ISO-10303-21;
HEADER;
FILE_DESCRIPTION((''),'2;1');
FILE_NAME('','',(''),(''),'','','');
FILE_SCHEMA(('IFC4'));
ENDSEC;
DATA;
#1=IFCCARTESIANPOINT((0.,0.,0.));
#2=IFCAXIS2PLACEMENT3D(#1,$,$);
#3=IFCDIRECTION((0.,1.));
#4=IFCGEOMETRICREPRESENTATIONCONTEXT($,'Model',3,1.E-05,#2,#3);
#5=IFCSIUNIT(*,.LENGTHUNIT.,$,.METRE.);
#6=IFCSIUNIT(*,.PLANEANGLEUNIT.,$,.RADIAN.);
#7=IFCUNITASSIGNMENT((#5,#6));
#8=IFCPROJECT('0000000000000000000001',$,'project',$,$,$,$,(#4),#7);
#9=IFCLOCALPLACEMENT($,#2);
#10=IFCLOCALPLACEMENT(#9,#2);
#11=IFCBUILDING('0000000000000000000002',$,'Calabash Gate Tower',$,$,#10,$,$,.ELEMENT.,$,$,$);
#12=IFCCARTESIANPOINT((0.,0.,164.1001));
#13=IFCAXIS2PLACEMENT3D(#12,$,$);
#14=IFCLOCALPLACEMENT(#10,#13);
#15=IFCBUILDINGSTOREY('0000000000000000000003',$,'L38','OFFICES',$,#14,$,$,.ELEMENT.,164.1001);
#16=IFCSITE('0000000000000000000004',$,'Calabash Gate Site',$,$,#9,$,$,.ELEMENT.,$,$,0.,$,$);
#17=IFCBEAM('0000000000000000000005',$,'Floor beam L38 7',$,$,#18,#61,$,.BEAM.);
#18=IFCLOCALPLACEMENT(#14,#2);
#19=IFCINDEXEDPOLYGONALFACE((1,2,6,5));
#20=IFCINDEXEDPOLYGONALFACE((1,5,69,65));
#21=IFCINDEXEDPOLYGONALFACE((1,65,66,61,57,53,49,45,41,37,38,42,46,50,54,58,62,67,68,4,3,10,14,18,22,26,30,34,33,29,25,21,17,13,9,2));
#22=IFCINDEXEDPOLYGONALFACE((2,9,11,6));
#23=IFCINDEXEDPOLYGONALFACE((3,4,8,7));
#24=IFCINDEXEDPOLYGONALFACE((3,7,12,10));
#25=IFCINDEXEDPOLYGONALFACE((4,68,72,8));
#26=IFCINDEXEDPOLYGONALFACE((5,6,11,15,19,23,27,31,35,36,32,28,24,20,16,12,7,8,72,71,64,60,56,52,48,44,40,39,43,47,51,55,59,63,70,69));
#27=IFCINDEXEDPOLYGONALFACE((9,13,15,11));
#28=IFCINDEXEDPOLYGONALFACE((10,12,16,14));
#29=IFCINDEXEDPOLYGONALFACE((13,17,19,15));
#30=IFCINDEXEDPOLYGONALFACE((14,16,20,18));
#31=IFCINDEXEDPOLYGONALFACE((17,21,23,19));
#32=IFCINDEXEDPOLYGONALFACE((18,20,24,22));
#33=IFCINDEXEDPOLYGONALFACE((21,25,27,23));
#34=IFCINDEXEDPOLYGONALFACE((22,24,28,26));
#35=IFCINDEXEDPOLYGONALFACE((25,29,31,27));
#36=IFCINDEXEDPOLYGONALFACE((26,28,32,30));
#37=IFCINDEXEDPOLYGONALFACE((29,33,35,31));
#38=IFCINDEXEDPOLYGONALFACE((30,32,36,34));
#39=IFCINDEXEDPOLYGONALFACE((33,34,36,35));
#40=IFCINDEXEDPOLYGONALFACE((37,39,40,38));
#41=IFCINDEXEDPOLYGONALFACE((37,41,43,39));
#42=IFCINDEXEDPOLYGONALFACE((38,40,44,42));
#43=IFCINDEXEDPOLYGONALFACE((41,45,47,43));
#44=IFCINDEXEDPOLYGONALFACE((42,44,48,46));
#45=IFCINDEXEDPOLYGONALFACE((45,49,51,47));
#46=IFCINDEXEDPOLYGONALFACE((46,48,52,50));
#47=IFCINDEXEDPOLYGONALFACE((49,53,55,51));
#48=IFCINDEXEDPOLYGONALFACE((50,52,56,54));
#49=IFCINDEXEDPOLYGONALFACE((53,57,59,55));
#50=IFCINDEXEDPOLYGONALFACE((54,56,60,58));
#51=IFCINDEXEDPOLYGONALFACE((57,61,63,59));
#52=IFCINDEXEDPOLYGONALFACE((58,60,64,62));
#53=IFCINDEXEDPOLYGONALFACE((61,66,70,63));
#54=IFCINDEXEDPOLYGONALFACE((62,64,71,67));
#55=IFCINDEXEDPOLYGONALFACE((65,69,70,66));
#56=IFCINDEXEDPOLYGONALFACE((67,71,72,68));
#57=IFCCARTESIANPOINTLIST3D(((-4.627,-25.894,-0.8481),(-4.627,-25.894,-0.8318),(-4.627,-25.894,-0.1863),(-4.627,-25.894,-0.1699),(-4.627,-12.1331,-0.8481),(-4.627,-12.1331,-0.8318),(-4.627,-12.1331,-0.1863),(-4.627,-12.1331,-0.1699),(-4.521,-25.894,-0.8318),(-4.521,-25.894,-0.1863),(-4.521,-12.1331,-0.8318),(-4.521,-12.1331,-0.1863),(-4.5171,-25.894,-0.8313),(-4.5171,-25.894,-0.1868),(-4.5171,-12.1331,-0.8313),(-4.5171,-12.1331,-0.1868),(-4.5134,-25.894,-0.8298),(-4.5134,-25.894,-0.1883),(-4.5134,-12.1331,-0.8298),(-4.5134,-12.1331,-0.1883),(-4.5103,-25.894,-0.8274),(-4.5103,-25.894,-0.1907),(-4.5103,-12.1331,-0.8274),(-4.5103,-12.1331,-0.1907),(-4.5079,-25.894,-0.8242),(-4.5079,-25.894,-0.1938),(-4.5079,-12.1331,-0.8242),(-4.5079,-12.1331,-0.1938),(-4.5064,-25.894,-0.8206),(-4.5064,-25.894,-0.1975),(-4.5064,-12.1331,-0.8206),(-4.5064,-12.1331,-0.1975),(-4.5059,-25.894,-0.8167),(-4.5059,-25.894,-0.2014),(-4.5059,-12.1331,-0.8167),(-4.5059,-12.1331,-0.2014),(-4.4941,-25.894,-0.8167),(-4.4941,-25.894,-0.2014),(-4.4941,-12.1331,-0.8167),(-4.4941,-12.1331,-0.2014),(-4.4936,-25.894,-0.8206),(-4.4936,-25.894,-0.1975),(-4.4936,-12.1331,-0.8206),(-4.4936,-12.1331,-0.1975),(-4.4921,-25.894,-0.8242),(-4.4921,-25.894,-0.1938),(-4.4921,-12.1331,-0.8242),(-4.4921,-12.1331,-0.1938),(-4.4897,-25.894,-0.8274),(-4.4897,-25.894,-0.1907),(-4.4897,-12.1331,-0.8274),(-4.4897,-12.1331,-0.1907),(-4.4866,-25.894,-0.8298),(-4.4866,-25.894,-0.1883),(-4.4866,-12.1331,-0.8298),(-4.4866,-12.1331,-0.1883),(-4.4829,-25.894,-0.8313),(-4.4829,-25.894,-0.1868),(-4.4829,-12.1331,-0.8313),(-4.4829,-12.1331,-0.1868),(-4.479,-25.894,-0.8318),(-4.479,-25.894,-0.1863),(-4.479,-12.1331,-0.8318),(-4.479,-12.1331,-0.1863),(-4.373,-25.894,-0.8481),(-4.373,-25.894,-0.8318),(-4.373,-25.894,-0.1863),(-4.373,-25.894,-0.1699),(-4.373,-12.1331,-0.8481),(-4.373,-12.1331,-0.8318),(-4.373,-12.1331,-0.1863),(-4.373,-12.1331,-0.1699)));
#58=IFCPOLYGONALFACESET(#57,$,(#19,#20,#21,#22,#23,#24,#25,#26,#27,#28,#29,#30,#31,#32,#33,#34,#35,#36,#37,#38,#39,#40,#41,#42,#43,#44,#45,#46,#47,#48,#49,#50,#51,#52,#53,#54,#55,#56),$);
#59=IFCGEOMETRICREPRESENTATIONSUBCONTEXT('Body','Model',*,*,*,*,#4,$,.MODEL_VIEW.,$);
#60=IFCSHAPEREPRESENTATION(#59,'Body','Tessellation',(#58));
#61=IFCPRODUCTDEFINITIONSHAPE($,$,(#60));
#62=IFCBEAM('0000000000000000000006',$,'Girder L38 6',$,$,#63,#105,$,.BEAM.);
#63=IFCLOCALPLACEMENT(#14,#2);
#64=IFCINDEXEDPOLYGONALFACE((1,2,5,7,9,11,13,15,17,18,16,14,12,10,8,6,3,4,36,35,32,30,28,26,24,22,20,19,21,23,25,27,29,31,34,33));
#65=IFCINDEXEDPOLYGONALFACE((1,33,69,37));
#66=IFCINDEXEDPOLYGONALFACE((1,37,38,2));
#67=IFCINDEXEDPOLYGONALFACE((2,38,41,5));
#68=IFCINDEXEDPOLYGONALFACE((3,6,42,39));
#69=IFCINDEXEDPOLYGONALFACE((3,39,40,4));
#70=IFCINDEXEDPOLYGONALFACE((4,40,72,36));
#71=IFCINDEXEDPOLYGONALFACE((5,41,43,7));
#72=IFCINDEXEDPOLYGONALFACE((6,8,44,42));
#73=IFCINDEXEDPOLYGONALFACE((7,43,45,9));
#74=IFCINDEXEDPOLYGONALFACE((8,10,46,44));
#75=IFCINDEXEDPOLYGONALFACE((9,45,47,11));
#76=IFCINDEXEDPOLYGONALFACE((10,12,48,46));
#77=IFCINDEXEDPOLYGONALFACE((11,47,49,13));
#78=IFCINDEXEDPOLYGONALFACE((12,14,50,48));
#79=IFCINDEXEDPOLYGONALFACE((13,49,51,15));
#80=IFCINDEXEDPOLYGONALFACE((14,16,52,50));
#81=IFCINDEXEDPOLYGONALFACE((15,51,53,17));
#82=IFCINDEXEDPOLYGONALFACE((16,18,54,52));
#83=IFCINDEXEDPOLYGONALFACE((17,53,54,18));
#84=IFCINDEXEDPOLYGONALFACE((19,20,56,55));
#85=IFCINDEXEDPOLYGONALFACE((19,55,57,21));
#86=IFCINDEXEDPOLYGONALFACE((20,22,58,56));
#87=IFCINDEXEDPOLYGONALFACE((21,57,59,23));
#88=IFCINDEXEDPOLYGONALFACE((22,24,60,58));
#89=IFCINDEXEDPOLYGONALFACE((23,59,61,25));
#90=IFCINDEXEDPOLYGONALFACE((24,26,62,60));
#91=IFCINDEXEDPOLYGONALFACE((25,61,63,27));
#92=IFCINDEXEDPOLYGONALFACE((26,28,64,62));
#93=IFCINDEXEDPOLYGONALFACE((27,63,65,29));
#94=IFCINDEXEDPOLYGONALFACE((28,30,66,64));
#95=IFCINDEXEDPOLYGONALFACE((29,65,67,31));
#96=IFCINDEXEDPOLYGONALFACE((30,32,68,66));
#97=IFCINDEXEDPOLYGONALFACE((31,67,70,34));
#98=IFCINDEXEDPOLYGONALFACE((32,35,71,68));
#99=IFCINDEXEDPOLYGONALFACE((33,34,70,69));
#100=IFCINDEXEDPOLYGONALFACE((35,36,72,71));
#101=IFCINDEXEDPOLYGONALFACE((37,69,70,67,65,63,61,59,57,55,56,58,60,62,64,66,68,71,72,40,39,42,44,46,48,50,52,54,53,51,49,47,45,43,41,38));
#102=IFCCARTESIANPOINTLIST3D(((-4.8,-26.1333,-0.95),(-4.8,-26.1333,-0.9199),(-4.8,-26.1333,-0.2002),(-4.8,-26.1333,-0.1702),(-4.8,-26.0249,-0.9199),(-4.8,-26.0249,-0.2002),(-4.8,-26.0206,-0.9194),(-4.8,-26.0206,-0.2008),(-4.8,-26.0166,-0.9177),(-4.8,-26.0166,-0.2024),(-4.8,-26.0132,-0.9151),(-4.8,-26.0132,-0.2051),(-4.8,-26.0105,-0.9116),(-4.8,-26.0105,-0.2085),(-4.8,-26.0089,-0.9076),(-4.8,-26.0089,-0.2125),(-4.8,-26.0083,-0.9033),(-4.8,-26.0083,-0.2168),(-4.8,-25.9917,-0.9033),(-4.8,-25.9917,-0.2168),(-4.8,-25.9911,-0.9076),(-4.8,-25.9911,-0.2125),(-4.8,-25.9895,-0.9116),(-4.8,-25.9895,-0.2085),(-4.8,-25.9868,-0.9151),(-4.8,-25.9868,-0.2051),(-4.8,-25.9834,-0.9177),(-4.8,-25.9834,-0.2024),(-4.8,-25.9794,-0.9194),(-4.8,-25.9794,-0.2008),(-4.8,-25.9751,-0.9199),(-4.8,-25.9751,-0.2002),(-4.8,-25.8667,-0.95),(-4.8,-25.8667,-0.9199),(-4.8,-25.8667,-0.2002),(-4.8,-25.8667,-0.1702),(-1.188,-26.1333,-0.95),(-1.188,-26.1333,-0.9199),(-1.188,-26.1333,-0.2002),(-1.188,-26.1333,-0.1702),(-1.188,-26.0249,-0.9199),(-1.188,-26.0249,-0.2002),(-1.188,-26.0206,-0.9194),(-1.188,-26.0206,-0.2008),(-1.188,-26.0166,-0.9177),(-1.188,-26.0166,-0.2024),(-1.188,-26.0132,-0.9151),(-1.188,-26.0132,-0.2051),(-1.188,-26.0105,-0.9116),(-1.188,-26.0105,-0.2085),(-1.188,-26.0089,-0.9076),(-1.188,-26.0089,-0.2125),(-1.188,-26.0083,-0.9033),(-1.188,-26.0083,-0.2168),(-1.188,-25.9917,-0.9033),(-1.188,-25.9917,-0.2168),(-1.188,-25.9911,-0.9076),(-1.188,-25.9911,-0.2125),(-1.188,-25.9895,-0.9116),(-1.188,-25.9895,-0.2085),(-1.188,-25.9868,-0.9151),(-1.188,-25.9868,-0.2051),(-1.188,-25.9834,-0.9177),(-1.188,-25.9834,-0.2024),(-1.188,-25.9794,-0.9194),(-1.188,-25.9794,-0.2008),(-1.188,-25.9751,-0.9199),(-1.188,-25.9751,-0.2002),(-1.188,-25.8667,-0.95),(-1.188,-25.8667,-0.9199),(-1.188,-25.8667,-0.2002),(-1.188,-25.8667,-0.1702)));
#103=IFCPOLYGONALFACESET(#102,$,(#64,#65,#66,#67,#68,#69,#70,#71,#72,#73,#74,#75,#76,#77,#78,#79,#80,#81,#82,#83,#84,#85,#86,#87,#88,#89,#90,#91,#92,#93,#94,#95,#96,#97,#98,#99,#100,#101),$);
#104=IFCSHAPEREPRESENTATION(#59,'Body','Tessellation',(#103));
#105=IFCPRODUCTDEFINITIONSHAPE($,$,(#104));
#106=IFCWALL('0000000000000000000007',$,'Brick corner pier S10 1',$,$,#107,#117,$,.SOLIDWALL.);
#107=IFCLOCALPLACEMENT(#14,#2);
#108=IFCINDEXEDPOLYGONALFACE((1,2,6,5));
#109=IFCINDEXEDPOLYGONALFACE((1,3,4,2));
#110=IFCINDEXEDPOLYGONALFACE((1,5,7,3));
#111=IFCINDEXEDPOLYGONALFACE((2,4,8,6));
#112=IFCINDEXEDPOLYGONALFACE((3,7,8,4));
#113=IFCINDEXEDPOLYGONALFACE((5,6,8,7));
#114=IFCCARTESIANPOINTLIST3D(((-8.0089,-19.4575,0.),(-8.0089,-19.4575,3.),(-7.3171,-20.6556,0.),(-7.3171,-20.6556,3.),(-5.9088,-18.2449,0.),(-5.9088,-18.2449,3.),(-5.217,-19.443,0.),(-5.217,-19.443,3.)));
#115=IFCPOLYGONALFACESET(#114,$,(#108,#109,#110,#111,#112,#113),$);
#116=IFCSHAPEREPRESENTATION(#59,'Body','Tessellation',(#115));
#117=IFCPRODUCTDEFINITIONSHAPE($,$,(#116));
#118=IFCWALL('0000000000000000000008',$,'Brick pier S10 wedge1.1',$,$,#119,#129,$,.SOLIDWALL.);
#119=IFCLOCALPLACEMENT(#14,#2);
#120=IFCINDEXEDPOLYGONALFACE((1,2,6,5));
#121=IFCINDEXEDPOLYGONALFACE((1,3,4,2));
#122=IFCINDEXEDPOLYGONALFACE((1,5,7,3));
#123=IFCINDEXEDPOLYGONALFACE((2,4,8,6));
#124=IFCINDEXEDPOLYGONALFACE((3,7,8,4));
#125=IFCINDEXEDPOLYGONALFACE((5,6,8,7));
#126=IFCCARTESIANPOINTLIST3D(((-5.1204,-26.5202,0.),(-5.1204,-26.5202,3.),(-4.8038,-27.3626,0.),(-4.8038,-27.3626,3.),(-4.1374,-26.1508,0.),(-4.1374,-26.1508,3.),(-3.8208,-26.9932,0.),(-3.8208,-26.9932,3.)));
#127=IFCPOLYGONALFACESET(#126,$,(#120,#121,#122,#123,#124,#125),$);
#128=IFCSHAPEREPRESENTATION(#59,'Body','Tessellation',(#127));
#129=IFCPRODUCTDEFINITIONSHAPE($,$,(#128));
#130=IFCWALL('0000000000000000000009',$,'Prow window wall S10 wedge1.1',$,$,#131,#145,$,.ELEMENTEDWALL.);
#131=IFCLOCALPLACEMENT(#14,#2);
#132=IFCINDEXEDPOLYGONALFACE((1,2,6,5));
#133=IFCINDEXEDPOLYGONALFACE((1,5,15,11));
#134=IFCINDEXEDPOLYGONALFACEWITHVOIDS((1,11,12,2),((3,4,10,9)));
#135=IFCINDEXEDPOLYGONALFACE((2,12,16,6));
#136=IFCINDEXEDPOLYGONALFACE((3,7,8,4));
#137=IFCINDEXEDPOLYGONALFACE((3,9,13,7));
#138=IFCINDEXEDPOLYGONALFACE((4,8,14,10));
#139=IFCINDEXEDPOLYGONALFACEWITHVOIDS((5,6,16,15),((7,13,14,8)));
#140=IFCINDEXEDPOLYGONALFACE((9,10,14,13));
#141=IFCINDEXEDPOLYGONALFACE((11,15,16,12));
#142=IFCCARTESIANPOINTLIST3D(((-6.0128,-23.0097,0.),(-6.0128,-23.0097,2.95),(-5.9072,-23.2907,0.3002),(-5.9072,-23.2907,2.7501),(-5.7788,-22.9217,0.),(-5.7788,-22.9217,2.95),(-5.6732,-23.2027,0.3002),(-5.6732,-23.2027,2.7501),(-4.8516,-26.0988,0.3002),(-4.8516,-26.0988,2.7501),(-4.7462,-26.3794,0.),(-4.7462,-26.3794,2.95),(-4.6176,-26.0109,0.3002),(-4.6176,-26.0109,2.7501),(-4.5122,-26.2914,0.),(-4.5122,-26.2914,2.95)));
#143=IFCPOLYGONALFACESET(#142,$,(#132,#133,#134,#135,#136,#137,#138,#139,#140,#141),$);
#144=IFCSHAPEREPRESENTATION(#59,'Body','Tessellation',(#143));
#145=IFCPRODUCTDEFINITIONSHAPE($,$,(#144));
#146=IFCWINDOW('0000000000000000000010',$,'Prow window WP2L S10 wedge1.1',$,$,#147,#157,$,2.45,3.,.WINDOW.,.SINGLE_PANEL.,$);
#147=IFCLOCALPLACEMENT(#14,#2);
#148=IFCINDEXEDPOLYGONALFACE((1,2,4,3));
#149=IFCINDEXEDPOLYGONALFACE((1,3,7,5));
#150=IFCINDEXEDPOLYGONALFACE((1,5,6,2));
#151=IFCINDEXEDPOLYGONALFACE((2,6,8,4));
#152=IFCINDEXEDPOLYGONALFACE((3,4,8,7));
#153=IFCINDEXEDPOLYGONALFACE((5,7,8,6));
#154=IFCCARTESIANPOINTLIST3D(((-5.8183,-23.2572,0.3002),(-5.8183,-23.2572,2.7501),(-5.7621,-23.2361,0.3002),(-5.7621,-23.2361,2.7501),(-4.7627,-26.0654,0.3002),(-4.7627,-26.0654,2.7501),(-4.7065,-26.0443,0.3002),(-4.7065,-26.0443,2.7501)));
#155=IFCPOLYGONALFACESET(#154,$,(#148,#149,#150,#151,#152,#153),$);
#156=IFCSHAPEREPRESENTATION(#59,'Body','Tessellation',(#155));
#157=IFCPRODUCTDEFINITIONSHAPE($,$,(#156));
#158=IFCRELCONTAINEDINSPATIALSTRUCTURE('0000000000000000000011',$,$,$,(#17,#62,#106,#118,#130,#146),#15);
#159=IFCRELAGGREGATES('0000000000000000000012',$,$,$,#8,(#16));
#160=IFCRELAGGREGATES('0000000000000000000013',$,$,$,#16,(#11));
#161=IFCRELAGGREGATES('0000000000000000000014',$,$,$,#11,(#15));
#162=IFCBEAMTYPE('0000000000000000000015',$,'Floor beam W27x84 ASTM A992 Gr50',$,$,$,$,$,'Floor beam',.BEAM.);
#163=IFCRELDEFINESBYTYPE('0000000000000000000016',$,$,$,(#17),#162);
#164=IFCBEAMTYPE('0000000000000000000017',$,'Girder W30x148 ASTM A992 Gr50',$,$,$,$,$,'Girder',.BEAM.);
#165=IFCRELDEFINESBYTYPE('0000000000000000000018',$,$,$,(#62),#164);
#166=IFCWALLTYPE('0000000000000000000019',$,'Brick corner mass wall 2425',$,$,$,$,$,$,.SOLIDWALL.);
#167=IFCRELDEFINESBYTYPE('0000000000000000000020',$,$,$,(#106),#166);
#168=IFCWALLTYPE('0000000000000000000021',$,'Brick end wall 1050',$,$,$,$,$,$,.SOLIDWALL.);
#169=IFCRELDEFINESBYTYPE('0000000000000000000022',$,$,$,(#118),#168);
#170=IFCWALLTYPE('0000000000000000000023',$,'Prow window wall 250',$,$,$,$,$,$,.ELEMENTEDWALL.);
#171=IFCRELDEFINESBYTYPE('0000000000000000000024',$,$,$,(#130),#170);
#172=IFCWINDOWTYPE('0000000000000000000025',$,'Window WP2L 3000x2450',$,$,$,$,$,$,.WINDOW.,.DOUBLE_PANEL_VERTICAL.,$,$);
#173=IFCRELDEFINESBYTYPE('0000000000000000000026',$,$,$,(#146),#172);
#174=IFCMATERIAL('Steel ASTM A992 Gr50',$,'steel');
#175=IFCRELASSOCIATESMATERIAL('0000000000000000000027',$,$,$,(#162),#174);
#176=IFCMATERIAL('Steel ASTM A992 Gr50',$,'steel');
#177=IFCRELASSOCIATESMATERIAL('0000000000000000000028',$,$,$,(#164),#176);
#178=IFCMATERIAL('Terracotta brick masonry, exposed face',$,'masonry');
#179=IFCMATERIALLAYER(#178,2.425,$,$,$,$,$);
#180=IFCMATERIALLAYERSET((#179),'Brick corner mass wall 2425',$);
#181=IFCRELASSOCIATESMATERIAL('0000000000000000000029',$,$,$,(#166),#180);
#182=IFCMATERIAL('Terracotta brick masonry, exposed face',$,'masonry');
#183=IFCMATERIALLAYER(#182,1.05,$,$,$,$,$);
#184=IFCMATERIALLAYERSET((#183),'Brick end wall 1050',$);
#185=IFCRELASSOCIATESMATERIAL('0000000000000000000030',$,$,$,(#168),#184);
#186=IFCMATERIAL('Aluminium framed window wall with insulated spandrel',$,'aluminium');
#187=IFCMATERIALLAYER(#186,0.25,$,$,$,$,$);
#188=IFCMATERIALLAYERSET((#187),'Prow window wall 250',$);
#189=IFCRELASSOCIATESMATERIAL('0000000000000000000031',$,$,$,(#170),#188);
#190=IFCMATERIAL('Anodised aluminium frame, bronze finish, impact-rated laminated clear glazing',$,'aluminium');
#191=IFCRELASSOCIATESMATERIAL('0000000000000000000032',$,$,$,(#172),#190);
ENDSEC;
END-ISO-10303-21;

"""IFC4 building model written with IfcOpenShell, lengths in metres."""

from ifc_helpers import new_model, si_unit, direction, frame, frame_2d, origin, origin_2d, place, context, subcontext, project, spatial, rectangle, i_section, extrude, material, layer, layer_set, material_profile, profile_set, type_object, element, fill, save


model = new_model("IFC4")

# Units and contexts
model_context = context("Model", 3, precision=1e-05, world=origin(), true_north=direction((0.0, 1.0)))
body_context = subcontext(model_context, "Body", "Model", "MODEL_VIEW")
ifc_project = project(units=[si_unit("LENGTHUNIT", "METRE"), si_unit("PLANEANGLEUNIT", "RADIAN")], contexts=[model_context])

# Site, building, storey
site_placement = place(None, origin())
site = spatial("IfcSite", under=ifc_project, at=site_placement, Name="Calabash Gate Site", CompositionType="ELEMENT", RefElevation=0.0)
building_placement = place(site_placement, origin())
building = spatial("IfcBuilding", under=site, at=building_placement, Name="Calabash Gate Tower", CompositionType="ELEMENT")
storey_placement = place(building_placement, frame((0.0, 0.0, 164.1001)))
storey = spatial("IfcBuildingStorey", under=building, at=storey_placement, Name="L38", Description="OFFICES", CompositionType="ELEMENT", Elevation=164.1001)

# Beams
ifc_material_1 = material(Name="Steel ASTM A992 Gr50", Category="steel")
ifc_material_profile_1 = material_profile(ifc_material_1, i_section(OverallWidth=0.2539, OverallDepth=0.6782, WebThickness=0.0117, FlangeThickness=0.0164, FilletRadius=0.0151, at=origin_2d()))
ifc_profile_set_1 = profile_set([ifc_material_profile_1], Name="Steel ASTM A992 Gr50")
beam_type_1 = type_object("IfcBeamType", Name="Floor beam W27x84 ASTM A992 Gr50", ElementType="Floor beam", PredefinedType="BEAM", material=ifc_profile_set_1)
beam_1_placement = place(storey_placement, frame((-4.5, -25.894, -0.509), z_axis=(0.0, 1.0, 0.0), x_axis=(-1.0, 0.0, 0.0)))
element("IfcBeam", 1, at=beam_1_placement, inside=storey, type_object=beam_type_1, Name="Floor beam L38 7", PredefinedType="BEAM", context=body_context, shape_type="SweptSolid", body=[
    extrude(i_section(OverallWidth=0.2539, OverallDepth=0.6782, WebThickness=0.0117, FlangeThickness=0.0164, FilletRadius=0.0151, at=origin_2d()), origin(), (0.0, 0.0, 1.0), 13.761),
])
ifc_material_2 = material(Name="Steel ASTM A992 Gr50", Category="steel")
ifc_material_profile_2 = material_profile(ifc_material_2, i_section(OverallWidth=0.2666, OverallDepth=0.7798, WebThickness=0.0166, FlangeThickness=0.03, FilletRadius=0.0166, at=origin_2d()))
ifc_profile_set_2 = profile_set([ifc_material_profile_2], Name="Steel ASTM A992 Gr50")
beam_type_2 = type_object("IfcBeamType", Name="Girder W30x148 ASTM A992 Gr50", ElementType="Girder", PredefinedType="BEAM", material=ifc_profile_set_2)
beam_2_placement = place(storey_placement, frame((-4.8, -26.0, -0.5601), z_axis=(1.0, 0.0, 0.0), x_axis=(0.0, 1.0, 0.0)))
element("IfcBeam", 2, at=beam_2_placement, inside=storey, type_object=beam_type_2, Name="Girder L38 6", PredefinedType="BEAM", context=body_context, shape_type="SweptSolid", body=[
    extrude(i_section(OverallWidth=0.2666, OverallDepth=0.7798, WebThickness=0.0166, FlangeThickness=0.03, FilletRadius=0.0166, at=origin_2d()), origin(), (0.0, 0.0, 1.0), 3.6121),
])

# Walls
ifc_material_3 = material(Name="Terracotta brick masonry, exposed face", Category="masonry")
ifc_layer_1 = layer(ifc_material_3, 2.425)
ifc_layer_set_1 = layer_set([ifc_layer_1], Name="Brick corner mass wall 2425")
wall_type_1 = type_object("IfcWallType", Name="Brick corner mass wall 2425", PredefinedType="SOLIDWALL", material=ifc_layer_set_1)
wall_1_placement = place(storey_placement, frame((-5.563, -18.844, 0.0), z_axis=(0.0, 0.0, 1.0), x_axis=(-0.865998, -0.500048, 0.0)))
element("IfcWall", 3, at=wall_1_placement, inside=storey, type_object=wall_type_1, Name="Brick corner pier S10 1", PredefinedType="SOLIDWALL", context=body_context, shape_type="SweptSolid", body=[
    extrude(rectangle(XDim=2.425, YDim=1.3835, at=frame_2d((1.2124, 0.0))), origin(), (0.0, 0.0, 1.0), 3.0),
])
ifc_material_4 = material(Name="Terracotta brick masonry, exposed face", Category="masonry")
ifc_layer_2 = layer(ifc_material_4, 1.05)
ifc_layer_set_2 = layer_set([ifc_layer_2], Name="Brick end wall 1050")
wall_type_2 = type_object("IfcWallType", Name="Brick end wall 1050", PredefinedType="SOLIDWALL", material=ifc_layer_set_2)
wall_2_placement = place(storey_placement, frame((-3.9792, -26.572, 0.0), z_axis=(0.0, 0.0, 1.0), x_axis=(-0.936081, -0.351786, 0.0)))
element("IfcWall", 4, at=wall_2_placement, inside=storey, type_object=wall_type_2, Name="Brick pier S10 wedge1.1", PredefinedType="SOLIDWALL", context=body_context, shape_type="SweptSolid", body=[
    extrude(rectangle(XDim=1.05, YDim=0.8999, at=frame_2d((0.5249, 0.0))), origin(), (0.0, 0.0, 1.0), 3.0),
])

# Wall, opening, window
ifc_material_5 = material(Name="Aluminium framed window wall with insulated spandrel", Category="aluminium")
ifc_layer_3 = layer(ifc_material_5, 0.25)
ifc_layer_set_3 = layer_set([ifc_layer_3], Name="Prow window wall 250")
wall_type_3 = type_object("IfcWallType", Name="Prow window wall 250", PredefinedType="ELEMENTEDWALL", material=ifc_layer_set_3)
wall_3_placement = place(storey_placement, frame((-5.8958, -22.9658, 0.0), z_axis=(0.0, 0.0, 1.0), x_axis=(0.351852, -0.936056, 0.0)))
wall_3 = element("IfcWall", 5, at=wall_3_placement, inside=storey, type_object=wall_type_3, Name="Prow window wall S10 wedge1.1", PredefinedType="ELEMENTEDWALL", context=body_context, shape_type="SweptSolid", body=[
    extrude(rectangle(XDim=3.5999, YDim=0.25, at=frame_2d((1.7998, 0.0))), origin(), (0.0, 0.0, 1.0), 2.95),
])
opening_1_placement = place(wall_3_placement, frame((0.3, 0.0, 0.3)))
opening_1 = element("IfcOpeningElement", 6, at=opening_1_placement, cuts=wall_3, PredefinedType="OPENING", context=body_context, shape_type="SweptSolid", body=[
    extrude(rectangle(XDim=3.0, YDim=2.45, at=frame_2d((1.5, 1.2251))), frame((0.0, 0.135, 0.0), z_axis=(0.0, -1.0, 0.0), x_axis=(1.0, 0.0, 0.0)), (0.0, 0.0, 1.0), 0.27),
])
ifc_material_6 = material(Name="Anodised aluminium frame, bronze finish, impact-rated laminated clear glazing", Category="aluminium")
window_type_1 = type_object("IfcWindowType", Name="Window WP2L 3000x2450", PartitioningType="DOUBLE_PANEL_VERTICAL", PredefinedType="WINDOW", material=ifc_material_6)
window_1_placement = place(opening_1_placement, origin())
window_1 = element("IfcWindow", 7, at=window_1_placement, inside=storey, type_object=window_type_1, Name="Prow window WP2L S10 wedge1.1", OverallHeight=2.45, OverallWidth=3.0, PartitioningType="SINGLE_PANEL", PredefinedType="WINDOW", context=body_context, shape_type="SweptSolid", body=[
    extrude(rectangle(XDim=3.0, YDim=2.45, at=frame_2d((1.5, 1.2251))), frame((0.0, 0.03, 0.0), z_axis=(0.0, -1.0, 0.0), x_axis=(1.0, 0.0, 0.0)), (0.0, 0.0, 1.0), 0.0601),
])
fill(opening_1, window_1)

save(model, "model.ifc")
